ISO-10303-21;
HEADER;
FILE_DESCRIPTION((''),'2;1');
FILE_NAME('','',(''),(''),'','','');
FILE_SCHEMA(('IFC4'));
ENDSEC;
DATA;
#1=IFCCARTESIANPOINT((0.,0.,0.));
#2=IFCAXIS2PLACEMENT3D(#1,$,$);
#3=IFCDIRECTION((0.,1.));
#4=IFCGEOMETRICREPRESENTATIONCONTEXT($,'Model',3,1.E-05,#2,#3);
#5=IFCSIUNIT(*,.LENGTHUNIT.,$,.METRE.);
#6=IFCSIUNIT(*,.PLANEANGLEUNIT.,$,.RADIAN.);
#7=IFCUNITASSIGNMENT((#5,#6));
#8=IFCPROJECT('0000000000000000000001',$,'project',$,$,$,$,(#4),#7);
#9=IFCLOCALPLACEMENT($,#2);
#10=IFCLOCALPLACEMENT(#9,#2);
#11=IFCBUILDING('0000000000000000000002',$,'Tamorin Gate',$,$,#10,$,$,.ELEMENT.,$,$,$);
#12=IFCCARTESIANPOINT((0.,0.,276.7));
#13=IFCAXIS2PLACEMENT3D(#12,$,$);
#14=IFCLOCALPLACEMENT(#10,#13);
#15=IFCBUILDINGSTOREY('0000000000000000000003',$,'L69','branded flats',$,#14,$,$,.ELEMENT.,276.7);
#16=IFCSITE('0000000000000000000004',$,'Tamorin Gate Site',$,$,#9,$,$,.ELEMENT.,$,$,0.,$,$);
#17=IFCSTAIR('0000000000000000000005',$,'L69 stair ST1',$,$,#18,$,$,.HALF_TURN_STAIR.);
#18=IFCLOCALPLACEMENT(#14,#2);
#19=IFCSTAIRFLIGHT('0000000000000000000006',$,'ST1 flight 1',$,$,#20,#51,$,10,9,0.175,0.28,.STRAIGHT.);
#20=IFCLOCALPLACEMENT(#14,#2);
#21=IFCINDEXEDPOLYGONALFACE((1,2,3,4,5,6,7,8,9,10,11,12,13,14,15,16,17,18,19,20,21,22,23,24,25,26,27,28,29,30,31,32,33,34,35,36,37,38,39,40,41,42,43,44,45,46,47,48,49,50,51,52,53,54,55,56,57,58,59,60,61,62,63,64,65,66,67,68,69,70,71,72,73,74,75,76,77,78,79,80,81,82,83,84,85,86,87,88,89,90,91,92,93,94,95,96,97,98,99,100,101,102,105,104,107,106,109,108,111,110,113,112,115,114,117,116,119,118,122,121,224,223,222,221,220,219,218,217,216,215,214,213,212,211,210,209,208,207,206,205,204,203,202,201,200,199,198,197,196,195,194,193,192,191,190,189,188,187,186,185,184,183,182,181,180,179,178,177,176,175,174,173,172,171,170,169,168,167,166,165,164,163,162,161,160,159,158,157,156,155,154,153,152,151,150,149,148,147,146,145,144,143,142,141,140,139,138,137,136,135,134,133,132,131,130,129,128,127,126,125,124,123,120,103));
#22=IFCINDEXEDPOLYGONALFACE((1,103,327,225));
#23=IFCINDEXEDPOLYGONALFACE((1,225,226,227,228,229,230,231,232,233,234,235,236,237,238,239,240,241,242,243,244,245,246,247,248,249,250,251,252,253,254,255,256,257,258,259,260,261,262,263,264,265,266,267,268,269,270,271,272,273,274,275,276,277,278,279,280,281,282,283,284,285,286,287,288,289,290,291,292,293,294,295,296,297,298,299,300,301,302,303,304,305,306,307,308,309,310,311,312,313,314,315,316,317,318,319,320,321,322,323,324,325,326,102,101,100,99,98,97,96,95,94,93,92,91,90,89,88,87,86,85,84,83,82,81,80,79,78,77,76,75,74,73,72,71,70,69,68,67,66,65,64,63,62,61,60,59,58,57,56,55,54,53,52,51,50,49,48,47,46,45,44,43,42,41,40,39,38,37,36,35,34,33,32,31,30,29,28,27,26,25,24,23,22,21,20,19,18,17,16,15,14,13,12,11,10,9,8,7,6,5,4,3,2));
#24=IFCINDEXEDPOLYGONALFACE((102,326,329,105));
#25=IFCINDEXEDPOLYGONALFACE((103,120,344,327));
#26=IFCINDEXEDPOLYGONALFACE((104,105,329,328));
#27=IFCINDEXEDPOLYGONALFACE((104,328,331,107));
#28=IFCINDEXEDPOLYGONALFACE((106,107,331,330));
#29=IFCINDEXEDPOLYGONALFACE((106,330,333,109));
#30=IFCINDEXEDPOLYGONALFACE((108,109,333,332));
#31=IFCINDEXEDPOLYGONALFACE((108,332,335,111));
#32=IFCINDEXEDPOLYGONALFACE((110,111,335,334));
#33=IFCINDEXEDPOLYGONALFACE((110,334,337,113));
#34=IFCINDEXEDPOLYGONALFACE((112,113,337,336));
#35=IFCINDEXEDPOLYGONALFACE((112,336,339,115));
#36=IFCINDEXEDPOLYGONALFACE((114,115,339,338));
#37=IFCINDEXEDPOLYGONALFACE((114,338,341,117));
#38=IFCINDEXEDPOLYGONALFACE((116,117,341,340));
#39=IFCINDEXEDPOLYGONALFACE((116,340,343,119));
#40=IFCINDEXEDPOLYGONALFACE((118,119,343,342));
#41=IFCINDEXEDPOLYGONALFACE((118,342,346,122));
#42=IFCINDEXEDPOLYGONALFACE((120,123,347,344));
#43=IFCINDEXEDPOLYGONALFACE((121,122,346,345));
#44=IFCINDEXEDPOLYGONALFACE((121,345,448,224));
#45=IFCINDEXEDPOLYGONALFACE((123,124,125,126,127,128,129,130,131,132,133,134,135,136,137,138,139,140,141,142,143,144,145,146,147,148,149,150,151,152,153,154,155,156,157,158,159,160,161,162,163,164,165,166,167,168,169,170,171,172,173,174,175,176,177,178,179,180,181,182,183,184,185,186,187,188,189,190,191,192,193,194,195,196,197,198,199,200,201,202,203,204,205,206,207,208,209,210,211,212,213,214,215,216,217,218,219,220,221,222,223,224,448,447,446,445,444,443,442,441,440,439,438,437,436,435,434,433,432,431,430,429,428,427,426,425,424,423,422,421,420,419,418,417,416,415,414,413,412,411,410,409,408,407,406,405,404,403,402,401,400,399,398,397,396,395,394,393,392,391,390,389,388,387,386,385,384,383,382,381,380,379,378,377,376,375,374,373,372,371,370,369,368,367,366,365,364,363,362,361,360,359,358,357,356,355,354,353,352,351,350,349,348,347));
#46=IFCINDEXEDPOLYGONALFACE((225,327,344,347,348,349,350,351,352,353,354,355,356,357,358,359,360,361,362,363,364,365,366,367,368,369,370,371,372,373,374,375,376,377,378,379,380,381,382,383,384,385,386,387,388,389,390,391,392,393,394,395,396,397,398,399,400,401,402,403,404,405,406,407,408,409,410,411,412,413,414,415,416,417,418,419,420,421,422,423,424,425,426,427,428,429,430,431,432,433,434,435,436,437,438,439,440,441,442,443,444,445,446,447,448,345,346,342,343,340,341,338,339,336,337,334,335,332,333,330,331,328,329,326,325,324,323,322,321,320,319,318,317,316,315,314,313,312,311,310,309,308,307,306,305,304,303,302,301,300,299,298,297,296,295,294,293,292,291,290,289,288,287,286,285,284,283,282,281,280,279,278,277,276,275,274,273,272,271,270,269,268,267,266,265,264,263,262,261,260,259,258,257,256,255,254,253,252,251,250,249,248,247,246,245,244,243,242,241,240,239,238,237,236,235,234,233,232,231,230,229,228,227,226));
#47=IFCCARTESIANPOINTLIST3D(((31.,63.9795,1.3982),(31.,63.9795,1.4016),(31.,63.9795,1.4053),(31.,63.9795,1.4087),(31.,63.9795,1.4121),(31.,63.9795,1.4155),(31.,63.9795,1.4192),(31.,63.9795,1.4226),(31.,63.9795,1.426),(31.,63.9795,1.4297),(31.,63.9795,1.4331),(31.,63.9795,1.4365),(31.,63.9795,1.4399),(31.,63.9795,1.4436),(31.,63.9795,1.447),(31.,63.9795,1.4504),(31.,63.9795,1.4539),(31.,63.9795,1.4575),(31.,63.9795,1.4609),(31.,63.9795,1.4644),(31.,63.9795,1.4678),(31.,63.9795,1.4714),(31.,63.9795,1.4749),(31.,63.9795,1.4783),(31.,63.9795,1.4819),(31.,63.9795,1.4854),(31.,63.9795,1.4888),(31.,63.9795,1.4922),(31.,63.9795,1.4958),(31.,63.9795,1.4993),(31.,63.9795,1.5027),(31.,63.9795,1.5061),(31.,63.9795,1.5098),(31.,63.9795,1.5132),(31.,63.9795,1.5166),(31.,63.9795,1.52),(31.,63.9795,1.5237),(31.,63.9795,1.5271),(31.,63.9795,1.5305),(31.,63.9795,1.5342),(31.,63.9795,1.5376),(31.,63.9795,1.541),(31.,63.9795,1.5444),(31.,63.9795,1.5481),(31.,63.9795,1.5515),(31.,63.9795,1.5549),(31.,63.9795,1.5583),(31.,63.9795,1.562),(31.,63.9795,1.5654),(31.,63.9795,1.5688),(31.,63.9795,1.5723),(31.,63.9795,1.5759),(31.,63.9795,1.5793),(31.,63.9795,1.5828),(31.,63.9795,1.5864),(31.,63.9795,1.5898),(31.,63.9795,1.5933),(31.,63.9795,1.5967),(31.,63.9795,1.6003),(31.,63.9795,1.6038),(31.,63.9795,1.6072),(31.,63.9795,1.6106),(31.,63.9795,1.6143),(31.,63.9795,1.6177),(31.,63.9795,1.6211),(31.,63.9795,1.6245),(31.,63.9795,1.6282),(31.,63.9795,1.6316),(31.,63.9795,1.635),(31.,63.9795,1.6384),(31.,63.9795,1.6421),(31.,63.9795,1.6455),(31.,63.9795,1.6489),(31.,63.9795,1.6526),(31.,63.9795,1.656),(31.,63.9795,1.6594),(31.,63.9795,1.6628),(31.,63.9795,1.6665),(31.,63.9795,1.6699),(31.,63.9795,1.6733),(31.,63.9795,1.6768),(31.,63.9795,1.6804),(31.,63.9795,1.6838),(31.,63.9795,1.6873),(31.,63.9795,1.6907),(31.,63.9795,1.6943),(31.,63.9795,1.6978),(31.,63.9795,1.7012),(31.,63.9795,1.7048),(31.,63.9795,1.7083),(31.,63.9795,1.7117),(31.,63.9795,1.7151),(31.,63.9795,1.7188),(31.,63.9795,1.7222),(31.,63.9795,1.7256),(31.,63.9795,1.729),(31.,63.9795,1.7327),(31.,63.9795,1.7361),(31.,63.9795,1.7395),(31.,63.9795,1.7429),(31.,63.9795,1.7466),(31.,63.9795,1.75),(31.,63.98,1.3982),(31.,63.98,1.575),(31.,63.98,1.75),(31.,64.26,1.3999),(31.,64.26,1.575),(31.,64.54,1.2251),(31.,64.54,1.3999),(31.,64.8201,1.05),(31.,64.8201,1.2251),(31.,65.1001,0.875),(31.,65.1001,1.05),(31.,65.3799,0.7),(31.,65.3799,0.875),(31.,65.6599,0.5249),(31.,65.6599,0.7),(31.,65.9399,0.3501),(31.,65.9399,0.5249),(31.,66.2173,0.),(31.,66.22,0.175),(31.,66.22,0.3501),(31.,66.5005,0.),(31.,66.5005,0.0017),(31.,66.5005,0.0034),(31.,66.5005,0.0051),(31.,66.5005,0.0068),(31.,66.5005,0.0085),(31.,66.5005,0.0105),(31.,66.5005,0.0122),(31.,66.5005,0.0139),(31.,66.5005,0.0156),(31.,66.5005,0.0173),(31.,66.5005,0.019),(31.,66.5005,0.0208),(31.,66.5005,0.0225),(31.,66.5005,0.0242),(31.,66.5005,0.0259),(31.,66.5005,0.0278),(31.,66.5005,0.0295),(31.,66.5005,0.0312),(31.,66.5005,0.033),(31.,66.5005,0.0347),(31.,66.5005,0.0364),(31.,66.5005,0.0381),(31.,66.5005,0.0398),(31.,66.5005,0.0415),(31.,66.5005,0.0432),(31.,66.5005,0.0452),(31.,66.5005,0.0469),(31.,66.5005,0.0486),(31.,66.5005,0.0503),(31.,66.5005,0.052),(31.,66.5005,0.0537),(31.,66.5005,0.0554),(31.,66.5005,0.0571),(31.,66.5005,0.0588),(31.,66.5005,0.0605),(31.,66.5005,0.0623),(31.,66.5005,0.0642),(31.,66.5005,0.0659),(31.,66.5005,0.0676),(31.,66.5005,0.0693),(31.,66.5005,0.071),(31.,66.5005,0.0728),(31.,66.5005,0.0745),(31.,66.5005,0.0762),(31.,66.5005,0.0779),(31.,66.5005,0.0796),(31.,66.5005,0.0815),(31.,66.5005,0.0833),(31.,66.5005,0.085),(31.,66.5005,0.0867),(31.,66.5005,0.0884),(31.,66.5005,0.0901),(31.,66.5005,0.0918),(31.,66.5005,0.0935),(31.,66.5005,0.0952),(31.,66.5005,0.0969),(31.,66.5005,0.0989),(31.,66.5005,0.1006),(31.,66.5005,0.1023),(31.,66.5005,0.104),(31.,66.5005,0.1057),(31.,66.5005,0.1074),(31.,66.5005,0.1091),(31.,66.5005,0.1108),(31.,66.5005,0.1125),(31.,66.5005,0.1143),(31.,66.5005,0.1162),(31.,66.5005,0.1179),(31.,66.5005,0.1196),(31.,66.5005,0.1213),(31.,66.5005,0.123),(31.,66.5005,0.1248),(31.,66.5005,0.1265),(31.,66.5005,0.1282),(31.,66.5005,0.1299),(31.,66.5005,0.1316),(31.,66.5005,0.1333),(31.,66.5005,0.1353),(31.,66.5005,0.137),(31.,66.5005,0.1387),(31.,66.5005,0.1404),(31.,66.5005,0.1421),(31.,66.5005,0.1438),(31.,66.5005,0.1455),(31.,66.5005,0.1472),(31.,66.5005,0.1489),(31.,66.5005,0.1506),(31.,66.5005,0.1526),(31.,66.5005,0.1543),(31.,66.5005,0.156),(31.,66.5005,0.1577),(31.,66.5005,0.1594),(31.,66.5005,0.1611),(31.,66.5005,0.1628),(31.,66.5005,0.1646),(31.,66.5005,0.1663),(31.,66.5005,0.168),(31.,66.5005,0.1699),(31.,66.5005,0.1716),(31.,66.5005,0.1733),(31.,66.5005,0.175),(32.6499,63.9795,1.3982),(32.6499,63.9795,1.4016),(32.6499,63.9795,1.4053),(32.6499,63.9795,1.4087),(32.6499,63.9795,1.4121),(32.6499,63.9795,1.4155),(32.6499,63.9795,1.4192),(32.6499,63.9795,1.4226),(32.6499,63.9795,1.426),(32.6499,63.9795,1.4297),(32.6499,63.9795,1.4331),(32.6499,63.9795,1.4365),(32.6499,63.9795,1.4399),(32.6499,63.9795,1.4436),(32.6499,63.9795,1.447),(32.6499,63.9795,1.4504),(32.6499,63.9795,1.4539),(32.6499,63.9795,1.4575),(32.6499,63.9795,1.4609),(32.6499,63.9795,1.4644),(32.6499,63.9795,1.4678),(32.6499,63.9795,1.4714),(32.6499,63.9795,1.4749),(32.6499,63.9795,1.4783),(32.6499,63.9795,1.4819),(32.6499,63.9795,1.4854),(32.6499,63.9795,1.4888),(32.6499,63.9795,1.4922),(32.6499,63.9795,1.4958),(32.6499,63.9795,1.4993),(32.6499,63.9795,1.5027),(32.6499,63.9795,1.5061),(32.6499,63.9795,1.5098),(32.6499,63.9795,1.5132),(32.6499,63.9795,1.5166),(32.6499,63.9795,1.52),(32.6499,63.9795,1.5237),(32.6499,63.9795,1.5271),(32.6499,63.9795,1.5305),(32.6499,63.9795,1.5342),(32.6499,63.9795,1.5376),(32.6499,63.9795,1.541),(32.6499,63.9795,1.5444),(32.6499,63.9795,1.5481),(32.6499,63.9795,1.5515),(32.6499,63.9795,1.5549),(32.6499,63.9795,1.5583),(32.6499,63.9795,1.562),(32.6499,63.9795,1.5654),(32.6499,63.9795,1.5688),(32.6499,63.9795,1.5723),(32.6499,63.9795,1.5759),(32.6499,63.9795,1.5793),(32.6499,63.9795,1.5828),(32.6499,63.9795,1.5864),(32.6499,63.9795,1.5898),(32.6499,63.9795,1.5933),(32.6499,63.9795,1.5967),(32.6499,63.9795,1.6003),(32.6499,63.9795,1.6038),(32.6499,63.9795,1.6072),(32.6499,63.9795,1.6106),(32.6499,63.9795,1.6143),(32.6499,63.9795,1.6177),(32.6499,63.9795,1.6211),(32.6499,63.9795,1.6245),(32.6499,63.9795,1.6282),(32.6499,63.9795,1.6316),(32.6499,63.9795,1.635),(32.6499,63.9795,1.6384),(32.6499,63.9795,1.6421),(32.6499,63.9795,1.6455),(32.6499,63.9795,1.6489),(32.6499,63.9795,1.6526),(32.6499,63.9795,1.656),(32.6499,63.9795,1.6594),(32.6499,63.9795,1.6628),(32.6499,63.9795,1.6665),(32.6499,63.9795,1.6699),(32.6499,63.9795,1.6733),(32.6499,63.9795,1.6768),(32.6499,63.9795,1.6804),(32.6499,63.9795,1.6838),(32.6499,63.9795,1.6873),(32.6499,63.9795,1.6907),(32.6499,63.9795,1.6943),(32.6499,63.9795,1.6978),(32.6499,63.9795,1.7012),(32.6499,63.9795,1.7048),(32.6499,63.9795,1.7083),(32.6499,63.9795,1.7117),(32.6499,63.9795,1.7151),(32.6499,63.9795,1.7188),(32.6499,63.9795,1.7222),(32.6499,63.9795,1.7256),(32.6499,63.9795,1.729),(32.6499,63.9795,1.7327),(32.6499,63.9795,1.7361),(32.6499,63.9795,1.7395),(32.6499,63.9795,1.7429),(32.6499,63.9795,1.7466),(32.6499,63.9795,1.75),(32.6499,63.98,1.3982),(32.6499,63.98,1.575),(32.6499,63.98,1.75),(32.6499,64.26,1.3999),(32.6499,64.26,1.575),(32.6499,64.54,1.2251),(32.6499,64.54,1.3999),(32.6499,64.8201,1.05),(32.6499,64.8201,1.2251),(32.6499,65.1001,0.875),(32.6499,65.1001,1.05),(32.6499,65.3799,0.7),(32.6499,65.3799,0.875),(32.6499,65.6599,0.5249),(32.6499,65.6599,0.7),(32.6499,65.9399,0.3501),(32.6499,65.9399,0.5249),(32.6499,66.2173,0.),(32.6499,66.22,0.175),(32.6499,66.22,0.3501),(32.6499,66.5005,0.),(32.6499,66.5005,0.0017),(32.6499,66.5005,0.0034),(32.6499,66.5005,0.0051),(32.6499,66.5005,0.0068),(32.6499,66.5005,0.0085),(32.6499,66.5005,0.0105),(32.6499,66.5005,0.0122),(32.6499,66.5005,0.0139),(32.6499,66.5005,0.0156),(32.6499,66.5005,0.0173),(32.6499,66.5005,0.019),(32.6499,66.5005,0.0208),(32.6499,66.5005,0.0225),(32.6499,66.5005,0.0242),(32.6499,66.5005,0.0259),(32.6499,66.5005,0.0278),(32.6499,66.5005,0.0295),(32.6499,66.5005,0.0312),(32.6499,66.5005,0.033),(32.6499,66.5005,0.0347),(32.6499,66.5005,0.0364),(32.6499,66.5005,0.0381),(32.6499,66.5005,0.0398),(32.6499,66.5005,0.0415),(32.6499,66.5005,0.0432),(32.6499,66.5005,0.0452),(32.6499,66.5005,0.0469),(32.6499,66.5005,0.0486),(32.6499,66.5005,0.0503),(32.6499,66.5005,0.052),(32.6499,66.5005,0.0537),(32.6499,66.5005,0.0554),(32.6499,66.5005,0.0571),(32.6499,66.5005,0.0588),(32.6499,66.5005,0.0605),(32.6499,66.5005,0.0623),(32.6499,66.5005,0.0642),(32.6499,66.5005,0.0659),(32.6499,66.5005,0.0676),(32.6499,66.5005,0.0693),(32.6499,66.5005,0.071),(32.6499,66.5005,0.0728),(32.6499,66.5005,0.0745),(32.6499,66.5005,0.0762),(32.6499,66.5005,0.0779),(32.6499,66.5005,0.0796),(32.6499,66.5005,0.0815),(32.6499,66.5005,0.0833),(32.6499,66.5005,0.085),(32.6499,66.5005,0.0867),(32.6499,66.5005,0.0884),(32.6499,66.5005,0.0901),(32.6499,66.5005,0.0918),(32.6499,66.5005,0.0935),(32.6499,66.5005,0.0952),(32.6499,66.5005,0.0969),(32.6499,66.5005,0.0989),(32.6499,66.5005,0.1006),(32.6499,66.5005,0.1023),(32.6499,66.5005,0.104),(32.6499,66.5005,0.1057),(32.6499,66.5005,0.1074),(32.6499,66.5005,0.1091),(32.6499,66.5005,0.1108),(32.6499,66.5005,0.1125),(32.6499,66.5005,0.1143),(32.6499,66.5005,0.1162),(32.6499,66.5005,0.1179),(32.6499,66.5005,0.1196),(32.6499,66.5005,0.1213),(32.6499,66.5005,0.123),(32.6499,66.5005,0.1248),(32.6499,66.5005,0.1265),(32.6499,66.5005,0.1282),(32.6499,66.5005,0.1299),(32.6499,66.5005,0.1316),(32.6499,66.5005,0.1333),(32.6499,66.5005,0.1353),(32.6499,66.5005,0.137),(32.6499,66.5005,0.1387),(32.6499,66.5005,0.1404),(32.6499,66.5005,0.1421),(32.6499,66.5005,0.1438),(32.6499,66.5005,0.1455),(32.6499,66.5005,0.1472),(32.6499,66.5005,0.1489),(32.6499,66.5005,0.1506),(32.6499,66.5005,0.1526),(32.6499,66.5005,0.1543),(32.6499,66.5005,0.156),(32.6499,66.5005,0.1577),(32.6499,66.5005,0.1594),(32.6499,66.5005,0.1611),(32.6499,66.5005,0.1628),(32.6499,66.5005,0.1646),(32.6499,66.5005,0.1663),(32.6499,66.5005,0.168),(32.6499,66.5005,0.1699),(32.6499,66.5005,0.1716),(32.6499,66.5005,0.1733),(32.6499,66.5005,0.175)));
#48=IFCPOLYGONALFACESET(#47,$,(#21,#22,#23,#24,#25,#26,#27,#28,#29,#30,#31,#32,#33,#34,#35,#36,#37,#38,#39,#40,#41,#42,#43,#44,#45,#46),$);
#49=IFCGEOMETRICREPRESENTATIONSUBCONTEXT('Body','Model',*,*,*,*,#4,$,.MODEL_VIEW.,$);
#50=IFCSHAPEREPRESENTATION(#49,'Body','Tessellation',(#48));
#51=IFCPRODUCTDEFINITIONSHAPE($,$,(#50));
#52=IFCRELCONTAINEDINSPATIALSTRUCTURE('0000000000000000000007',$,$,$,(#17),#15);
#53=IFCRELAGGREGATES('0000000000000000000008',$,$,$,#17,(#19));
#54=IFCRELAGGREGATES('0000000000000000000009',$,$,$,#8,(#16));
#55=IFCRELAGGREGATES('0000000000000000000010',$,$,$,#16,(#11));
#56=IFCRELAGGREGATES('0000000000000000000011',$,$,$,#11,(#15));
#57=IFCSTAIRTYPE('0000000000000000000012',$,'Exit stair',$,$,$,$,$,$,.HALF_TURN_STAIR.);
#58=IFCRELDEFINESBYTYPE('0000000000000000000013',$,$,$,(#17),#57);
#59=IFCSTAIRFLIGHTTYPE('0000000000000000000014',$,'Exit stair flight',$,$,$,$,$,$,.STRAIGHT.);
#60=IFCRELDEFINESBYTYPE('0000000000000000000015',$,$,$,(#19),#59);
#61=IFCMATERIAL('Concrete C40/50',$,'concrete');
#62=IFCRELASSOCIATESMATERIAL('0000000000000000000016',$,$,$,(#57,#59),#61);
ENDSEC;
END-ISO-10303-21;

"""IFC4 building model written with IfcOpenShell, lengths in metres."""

from ifc_helpers import new_model, si_unit, direction, frame, origin, place, context, subcontext, project, spatial, polyline, outline, extrude, material, type_object, element, aggregate, save


model = new_model("IFC4")

# Units and contexts
model_context = context("Model", 3, precision=1e-05, world=origin(), true_north=direction((0.0, 1.0)))
body_context = subcontext(model_context, "Body", "Model", "MODEL_VIEW")
ifc_project = project(units=[si_unit("LENGTHUNIT", "METRE"), si_unit("PLANEANGLEUNIT", "RADIAN")], contexts=[model_context])

# Site, building, storey
site_placement = place(None, origin())
site = spatial("IfcSite", under=ifc_project, at=site_placement, Name="Tamorin Gate Site", CompositionType="ELEMENT", RefElevation=0.0)
building_placement = place(site_placement, origin())
building = spatial("IfcBuilding", under=site, at=building_placement, Name="Tamorin Gate", CompositionType="ELEMENT")
storey_placement = place(building_placement, frame((0.0, 0.0, 276.7)))
storey = spatial("IfcBuildingStorey", under=building, at=storey_placement, Name="L69", Description="branded flats", CompositionType="ELEMENT", Elevation=276.7)

# Shared definitions
ifc_material_1 = material(Name="Concrete C40/50", Category="concrete")

# Stair, stair flight
stair_type = type_object("IfcStairType", Name="Exit stair", PredefinedType="HALF_TURN_STAIR", material=ifc_material_1)
stair_1_placement = place(storey_placement, origin())
stair_1 = element("IfcStair", 1, at=stair_1_placement, inside=storey, type_object=stair_type, Name="L69 stair ST1", PredefinedType="HALF_TURN_STAIR")
stair_flight_type = type_object("IfcStairFlightType", Name="Exit stair flight", PredefinedType="STRAIGHT", material=ifc_material_1)
stair_flight_1_placement = place(storey_placement, frame((31.825, 66.5, 0.0), z_axis=(0.0, 0.0, 1.0), x_axis=(0.0, -1.0, 0.0)))
stair_flight_1 = element("IfcStairFlight", 2, at=stair_flight_1_placement, type_object=stair_flight_type, Name="ST1 flight 1", NumberOfRisers=10, NumberOfTreads=9, PredefinedType="STRAIGHT", RiserHeight=0.175, TreadLength=0.28, context=body_context, shape_type="SweptSolid", body=[
    extrude(outline(polyline([(-0.0005, 0.0), (-0.0005, 0.0017), (-0.0005, 0.0034), (-0.0005, 0.0051), (-0.0005, 0.0068), (-0.0005, 0.0085), (-0.0005, 0.0105), (-0.0005, 0.0122), (-0.0005, 0.0139), (-0.0005, 0.0156), (-0.0005, 0.0173), (-0.0005, 0.019), (-0.0005, 0.0208), (-0.0005, 0.0225), (-0.0005, 0.0242), (-0.0005, 0.0259), (-0.0005, 0.0278), (-0.0005, 0.0295), (-0.0005, 0.0312), (-0.0005, 0.033), (-0.0005, 0.0347), (-0.0005, 0.0364), (-0.0005, 0.0381), (-0.0005, 0.0398), (-0.0005, 0.0415), (-0.0005, 0.0432), (-0.0005, 0.0452), (-0.0005, 0.0469), (-0.0005, 0.0486), (-0.0005, 0.0503), (-0.0005, 0.052), (-0.0005, 0.0537), (-0.0005, 0.0554), (-0.0005, 0.0571), (-0.0005, 0.0588), (-0.0005, 0.0605), (-0.0005, 0.0623), (-0.0005, 0.0642), (-0.0005, 0.0659), (-0.0005, 0.0676), (-0.0005, 0.0693), (-0.0005, 0.071), (-0.0005, 0.0728), (-0.0005, 0.0745), (-0.0005, 0.0762), (-0.0005, 0.0779), (-0.0005, 0.0796), (-0.0005, 0.0815), (-0.0005, 0.0833), (-0.0005, 0.085), (-0.0005, 0.0867), (-0.0005, 0.0884), (-0.0005, 0.0901), (-0.0005, 0.0918), (-0.0005, 0.0935), (-0.0005, 0.0952), (-0.0005, 0.0969), (-0.0005, 0.0989), (-0.0005, 0.1006), (-0.0005, 0.1023), (-0.0005, 0.104), (-0.0005, 0.1057), (-0.0005, 0.1074), (-0.0005, 0.1091), (-0.0005, 0.1108), (-0.0005, 0.1125), (-0.0005, 0.1143), (-0.0005, 0.1162), (-0.0005, 0.1179), (-0.0005, 0.1196), (-0.0005, 0.1213), (-0.0005, 0.123), (-0.0005, 0.1248), (-0.0005, 0.1265), (-0.0005, 0.1282), (-0.0005, 0.1299), (-0.0005, 0.1316), (-0.0005, 0.1333), (-0.0005, 0.1353), (-0.0005, 0.137), (-0.0005, 0.1387), (-0.0005, 0.1404), (-0.0005, 0.1421), (-0.0005, 0.1438), (-0.0005, 0.1455), (-0.0005, 0.1472), (-0.0005, 0.1489), (-0.0005, 0.1506), (-0.0005, 0.1526), (-0.0005, 0.1543), (-0.0005, 0.156), (-0.0005, 0.1577), (-0.0005, 0.1594), (-0.0005, 0.1611), (-0.0005, 0.1628), (-0.0005, 0.1646), (-0.0005, 0.1663), (-0.0005, 0.168), (-0.0005, 0.1699), (-0.0005, 0.1716), (-0.0005, 0.1733), (-0.0005, 0.175), (0.28, 0.175), (0.28, 0.3501), (0.5601, 0.3501), (0.5601, 0.5249), (0.8401, 0.5249), (0.8401, 0.7), (1.1201, 0.7), (1.1201, 0.875), (1.3999, 0.875), (1.3999, 1.05), (1.6799, 1.05), (1.6799, 1.2251), (1.96, 1.2251), (1.96, 1.3999), (2.24, 1.3999), (2.24, 1.575), (2.52, 1.575), (2.52, 1.75), (2.5205, 1.75), (2.5205, 1.7466), (2.5205, 1.7429), (2.5205, 1.7395), (2.5205, 1.7361), (2.5205, 1.7327), (2.5205, 1.729), (2.5205, 1.7256), (2.5205, 1.7222), (2.5205, 1.7188), (2.5205, 1.7151), (2.5205, 1.7117), (2.5205, 1.7083), (2.5205, 1.7048), (2.5205, 1.7012), (2.5205, 1.6978), (2.5205, 1.6943), (2.5205, 1.6907), (2.5205, 1.6873), (2.5205, 1.6838), (2.5205, 1.6804), (2.5205, 1.6768), (2.5205, 1.6733), (2.5205, 1.6699), (2.5205, 1.6665), (2.5205, 1.6628), (2.5205, 1.6594), (2.5205, 1.656), (2.5205, 1.6526), (2.5205, 1.6489), (2.5205, 1.6455), (2.5205, 1.6421), (2.5205, 1.6384), (2.5205, 1.635), (2.5205, 1.6316), (2.5205, 1.6282), (2.5205, 1.6245), (2.5205, 1.6211), (2.5205, 1.6177), (2.5205, 1.6143), (2.5205, 1.6106), (2.5205, 1.6072), (2.5205, 1.6038), (2.5205, 1.6003), (2.5205, 1.5967), (2.5205, 1.5933), (2.5205, 1.5898), (2.5205, 1.5864), (2.5205, 1.5828), (2.5205, 1.5793), (2.5205, 1.5759), (2.5205, 1.5723), (2.5205, 1.5688), (2.5205, 1.5654), (2.5205, 1.562), (2.5205, 1.5583), (2.5205, 1.5549), (2.5205, 1.5515), (2.5205, 1.5481), (2.5205, 1.5444), (2.5205, 1.541), (2.5205, 1.5376), (2.5205, 1.5342), (2.5205, 1.5305), (2.5205, 1.5271), (2.5205, 1.5237), (2.5205, 1.52), (2.5205, 1.5166), (2.5205, 1.5132), (2.5205, 1.5098), (2.5205, 1.5061), (2.5205, 1.5027), (2.5205, 1.4993), (2.5205, 1.4958), (2.5205, 1.4922), (2.5205, 1.4888), (2.5205, 1.4854), (2.5205, 1.4819), (2.5205, 1.4783), (2.5205, 1.4749), (2.5205, 1.4714), (2.5205, 1.4678), (2.5205, 1.4644), (2.5205, 1.4609), (2.5205, 1.4575), (2.5205, 1.4539), (2.5205, 1.4504), (2.5205, 1.447), (2.5205, 1.4436), (2.5205, 1.4399), (2.5205, 1.4365), (2.5205, 1.4331), (2.5205, 1.4297), (2.5205, 1.426), (2.5205, 1.4226), (2.5205, 1.4192), (2.5205, 1.4155), (2.5205, 1.4121), (2.5205, 1.4087), (2.5205, 1.4053), (2.5205, 1.4016), (2.5205, 1.3982), (2.52, 1.3982), (0.2827, 0.0), (-0.0005, 0.0)])), frame((0.0, 0.825, 0.0), z_axis=(0.0, -1.0, 0.0), x_axis=(1.0, 0.0, 0.0)), (0.0, 0.0, 1.0), 1.6499),
])
aggregate(stair_1, [stair_flight_1])

save(model, "model.ifc")
